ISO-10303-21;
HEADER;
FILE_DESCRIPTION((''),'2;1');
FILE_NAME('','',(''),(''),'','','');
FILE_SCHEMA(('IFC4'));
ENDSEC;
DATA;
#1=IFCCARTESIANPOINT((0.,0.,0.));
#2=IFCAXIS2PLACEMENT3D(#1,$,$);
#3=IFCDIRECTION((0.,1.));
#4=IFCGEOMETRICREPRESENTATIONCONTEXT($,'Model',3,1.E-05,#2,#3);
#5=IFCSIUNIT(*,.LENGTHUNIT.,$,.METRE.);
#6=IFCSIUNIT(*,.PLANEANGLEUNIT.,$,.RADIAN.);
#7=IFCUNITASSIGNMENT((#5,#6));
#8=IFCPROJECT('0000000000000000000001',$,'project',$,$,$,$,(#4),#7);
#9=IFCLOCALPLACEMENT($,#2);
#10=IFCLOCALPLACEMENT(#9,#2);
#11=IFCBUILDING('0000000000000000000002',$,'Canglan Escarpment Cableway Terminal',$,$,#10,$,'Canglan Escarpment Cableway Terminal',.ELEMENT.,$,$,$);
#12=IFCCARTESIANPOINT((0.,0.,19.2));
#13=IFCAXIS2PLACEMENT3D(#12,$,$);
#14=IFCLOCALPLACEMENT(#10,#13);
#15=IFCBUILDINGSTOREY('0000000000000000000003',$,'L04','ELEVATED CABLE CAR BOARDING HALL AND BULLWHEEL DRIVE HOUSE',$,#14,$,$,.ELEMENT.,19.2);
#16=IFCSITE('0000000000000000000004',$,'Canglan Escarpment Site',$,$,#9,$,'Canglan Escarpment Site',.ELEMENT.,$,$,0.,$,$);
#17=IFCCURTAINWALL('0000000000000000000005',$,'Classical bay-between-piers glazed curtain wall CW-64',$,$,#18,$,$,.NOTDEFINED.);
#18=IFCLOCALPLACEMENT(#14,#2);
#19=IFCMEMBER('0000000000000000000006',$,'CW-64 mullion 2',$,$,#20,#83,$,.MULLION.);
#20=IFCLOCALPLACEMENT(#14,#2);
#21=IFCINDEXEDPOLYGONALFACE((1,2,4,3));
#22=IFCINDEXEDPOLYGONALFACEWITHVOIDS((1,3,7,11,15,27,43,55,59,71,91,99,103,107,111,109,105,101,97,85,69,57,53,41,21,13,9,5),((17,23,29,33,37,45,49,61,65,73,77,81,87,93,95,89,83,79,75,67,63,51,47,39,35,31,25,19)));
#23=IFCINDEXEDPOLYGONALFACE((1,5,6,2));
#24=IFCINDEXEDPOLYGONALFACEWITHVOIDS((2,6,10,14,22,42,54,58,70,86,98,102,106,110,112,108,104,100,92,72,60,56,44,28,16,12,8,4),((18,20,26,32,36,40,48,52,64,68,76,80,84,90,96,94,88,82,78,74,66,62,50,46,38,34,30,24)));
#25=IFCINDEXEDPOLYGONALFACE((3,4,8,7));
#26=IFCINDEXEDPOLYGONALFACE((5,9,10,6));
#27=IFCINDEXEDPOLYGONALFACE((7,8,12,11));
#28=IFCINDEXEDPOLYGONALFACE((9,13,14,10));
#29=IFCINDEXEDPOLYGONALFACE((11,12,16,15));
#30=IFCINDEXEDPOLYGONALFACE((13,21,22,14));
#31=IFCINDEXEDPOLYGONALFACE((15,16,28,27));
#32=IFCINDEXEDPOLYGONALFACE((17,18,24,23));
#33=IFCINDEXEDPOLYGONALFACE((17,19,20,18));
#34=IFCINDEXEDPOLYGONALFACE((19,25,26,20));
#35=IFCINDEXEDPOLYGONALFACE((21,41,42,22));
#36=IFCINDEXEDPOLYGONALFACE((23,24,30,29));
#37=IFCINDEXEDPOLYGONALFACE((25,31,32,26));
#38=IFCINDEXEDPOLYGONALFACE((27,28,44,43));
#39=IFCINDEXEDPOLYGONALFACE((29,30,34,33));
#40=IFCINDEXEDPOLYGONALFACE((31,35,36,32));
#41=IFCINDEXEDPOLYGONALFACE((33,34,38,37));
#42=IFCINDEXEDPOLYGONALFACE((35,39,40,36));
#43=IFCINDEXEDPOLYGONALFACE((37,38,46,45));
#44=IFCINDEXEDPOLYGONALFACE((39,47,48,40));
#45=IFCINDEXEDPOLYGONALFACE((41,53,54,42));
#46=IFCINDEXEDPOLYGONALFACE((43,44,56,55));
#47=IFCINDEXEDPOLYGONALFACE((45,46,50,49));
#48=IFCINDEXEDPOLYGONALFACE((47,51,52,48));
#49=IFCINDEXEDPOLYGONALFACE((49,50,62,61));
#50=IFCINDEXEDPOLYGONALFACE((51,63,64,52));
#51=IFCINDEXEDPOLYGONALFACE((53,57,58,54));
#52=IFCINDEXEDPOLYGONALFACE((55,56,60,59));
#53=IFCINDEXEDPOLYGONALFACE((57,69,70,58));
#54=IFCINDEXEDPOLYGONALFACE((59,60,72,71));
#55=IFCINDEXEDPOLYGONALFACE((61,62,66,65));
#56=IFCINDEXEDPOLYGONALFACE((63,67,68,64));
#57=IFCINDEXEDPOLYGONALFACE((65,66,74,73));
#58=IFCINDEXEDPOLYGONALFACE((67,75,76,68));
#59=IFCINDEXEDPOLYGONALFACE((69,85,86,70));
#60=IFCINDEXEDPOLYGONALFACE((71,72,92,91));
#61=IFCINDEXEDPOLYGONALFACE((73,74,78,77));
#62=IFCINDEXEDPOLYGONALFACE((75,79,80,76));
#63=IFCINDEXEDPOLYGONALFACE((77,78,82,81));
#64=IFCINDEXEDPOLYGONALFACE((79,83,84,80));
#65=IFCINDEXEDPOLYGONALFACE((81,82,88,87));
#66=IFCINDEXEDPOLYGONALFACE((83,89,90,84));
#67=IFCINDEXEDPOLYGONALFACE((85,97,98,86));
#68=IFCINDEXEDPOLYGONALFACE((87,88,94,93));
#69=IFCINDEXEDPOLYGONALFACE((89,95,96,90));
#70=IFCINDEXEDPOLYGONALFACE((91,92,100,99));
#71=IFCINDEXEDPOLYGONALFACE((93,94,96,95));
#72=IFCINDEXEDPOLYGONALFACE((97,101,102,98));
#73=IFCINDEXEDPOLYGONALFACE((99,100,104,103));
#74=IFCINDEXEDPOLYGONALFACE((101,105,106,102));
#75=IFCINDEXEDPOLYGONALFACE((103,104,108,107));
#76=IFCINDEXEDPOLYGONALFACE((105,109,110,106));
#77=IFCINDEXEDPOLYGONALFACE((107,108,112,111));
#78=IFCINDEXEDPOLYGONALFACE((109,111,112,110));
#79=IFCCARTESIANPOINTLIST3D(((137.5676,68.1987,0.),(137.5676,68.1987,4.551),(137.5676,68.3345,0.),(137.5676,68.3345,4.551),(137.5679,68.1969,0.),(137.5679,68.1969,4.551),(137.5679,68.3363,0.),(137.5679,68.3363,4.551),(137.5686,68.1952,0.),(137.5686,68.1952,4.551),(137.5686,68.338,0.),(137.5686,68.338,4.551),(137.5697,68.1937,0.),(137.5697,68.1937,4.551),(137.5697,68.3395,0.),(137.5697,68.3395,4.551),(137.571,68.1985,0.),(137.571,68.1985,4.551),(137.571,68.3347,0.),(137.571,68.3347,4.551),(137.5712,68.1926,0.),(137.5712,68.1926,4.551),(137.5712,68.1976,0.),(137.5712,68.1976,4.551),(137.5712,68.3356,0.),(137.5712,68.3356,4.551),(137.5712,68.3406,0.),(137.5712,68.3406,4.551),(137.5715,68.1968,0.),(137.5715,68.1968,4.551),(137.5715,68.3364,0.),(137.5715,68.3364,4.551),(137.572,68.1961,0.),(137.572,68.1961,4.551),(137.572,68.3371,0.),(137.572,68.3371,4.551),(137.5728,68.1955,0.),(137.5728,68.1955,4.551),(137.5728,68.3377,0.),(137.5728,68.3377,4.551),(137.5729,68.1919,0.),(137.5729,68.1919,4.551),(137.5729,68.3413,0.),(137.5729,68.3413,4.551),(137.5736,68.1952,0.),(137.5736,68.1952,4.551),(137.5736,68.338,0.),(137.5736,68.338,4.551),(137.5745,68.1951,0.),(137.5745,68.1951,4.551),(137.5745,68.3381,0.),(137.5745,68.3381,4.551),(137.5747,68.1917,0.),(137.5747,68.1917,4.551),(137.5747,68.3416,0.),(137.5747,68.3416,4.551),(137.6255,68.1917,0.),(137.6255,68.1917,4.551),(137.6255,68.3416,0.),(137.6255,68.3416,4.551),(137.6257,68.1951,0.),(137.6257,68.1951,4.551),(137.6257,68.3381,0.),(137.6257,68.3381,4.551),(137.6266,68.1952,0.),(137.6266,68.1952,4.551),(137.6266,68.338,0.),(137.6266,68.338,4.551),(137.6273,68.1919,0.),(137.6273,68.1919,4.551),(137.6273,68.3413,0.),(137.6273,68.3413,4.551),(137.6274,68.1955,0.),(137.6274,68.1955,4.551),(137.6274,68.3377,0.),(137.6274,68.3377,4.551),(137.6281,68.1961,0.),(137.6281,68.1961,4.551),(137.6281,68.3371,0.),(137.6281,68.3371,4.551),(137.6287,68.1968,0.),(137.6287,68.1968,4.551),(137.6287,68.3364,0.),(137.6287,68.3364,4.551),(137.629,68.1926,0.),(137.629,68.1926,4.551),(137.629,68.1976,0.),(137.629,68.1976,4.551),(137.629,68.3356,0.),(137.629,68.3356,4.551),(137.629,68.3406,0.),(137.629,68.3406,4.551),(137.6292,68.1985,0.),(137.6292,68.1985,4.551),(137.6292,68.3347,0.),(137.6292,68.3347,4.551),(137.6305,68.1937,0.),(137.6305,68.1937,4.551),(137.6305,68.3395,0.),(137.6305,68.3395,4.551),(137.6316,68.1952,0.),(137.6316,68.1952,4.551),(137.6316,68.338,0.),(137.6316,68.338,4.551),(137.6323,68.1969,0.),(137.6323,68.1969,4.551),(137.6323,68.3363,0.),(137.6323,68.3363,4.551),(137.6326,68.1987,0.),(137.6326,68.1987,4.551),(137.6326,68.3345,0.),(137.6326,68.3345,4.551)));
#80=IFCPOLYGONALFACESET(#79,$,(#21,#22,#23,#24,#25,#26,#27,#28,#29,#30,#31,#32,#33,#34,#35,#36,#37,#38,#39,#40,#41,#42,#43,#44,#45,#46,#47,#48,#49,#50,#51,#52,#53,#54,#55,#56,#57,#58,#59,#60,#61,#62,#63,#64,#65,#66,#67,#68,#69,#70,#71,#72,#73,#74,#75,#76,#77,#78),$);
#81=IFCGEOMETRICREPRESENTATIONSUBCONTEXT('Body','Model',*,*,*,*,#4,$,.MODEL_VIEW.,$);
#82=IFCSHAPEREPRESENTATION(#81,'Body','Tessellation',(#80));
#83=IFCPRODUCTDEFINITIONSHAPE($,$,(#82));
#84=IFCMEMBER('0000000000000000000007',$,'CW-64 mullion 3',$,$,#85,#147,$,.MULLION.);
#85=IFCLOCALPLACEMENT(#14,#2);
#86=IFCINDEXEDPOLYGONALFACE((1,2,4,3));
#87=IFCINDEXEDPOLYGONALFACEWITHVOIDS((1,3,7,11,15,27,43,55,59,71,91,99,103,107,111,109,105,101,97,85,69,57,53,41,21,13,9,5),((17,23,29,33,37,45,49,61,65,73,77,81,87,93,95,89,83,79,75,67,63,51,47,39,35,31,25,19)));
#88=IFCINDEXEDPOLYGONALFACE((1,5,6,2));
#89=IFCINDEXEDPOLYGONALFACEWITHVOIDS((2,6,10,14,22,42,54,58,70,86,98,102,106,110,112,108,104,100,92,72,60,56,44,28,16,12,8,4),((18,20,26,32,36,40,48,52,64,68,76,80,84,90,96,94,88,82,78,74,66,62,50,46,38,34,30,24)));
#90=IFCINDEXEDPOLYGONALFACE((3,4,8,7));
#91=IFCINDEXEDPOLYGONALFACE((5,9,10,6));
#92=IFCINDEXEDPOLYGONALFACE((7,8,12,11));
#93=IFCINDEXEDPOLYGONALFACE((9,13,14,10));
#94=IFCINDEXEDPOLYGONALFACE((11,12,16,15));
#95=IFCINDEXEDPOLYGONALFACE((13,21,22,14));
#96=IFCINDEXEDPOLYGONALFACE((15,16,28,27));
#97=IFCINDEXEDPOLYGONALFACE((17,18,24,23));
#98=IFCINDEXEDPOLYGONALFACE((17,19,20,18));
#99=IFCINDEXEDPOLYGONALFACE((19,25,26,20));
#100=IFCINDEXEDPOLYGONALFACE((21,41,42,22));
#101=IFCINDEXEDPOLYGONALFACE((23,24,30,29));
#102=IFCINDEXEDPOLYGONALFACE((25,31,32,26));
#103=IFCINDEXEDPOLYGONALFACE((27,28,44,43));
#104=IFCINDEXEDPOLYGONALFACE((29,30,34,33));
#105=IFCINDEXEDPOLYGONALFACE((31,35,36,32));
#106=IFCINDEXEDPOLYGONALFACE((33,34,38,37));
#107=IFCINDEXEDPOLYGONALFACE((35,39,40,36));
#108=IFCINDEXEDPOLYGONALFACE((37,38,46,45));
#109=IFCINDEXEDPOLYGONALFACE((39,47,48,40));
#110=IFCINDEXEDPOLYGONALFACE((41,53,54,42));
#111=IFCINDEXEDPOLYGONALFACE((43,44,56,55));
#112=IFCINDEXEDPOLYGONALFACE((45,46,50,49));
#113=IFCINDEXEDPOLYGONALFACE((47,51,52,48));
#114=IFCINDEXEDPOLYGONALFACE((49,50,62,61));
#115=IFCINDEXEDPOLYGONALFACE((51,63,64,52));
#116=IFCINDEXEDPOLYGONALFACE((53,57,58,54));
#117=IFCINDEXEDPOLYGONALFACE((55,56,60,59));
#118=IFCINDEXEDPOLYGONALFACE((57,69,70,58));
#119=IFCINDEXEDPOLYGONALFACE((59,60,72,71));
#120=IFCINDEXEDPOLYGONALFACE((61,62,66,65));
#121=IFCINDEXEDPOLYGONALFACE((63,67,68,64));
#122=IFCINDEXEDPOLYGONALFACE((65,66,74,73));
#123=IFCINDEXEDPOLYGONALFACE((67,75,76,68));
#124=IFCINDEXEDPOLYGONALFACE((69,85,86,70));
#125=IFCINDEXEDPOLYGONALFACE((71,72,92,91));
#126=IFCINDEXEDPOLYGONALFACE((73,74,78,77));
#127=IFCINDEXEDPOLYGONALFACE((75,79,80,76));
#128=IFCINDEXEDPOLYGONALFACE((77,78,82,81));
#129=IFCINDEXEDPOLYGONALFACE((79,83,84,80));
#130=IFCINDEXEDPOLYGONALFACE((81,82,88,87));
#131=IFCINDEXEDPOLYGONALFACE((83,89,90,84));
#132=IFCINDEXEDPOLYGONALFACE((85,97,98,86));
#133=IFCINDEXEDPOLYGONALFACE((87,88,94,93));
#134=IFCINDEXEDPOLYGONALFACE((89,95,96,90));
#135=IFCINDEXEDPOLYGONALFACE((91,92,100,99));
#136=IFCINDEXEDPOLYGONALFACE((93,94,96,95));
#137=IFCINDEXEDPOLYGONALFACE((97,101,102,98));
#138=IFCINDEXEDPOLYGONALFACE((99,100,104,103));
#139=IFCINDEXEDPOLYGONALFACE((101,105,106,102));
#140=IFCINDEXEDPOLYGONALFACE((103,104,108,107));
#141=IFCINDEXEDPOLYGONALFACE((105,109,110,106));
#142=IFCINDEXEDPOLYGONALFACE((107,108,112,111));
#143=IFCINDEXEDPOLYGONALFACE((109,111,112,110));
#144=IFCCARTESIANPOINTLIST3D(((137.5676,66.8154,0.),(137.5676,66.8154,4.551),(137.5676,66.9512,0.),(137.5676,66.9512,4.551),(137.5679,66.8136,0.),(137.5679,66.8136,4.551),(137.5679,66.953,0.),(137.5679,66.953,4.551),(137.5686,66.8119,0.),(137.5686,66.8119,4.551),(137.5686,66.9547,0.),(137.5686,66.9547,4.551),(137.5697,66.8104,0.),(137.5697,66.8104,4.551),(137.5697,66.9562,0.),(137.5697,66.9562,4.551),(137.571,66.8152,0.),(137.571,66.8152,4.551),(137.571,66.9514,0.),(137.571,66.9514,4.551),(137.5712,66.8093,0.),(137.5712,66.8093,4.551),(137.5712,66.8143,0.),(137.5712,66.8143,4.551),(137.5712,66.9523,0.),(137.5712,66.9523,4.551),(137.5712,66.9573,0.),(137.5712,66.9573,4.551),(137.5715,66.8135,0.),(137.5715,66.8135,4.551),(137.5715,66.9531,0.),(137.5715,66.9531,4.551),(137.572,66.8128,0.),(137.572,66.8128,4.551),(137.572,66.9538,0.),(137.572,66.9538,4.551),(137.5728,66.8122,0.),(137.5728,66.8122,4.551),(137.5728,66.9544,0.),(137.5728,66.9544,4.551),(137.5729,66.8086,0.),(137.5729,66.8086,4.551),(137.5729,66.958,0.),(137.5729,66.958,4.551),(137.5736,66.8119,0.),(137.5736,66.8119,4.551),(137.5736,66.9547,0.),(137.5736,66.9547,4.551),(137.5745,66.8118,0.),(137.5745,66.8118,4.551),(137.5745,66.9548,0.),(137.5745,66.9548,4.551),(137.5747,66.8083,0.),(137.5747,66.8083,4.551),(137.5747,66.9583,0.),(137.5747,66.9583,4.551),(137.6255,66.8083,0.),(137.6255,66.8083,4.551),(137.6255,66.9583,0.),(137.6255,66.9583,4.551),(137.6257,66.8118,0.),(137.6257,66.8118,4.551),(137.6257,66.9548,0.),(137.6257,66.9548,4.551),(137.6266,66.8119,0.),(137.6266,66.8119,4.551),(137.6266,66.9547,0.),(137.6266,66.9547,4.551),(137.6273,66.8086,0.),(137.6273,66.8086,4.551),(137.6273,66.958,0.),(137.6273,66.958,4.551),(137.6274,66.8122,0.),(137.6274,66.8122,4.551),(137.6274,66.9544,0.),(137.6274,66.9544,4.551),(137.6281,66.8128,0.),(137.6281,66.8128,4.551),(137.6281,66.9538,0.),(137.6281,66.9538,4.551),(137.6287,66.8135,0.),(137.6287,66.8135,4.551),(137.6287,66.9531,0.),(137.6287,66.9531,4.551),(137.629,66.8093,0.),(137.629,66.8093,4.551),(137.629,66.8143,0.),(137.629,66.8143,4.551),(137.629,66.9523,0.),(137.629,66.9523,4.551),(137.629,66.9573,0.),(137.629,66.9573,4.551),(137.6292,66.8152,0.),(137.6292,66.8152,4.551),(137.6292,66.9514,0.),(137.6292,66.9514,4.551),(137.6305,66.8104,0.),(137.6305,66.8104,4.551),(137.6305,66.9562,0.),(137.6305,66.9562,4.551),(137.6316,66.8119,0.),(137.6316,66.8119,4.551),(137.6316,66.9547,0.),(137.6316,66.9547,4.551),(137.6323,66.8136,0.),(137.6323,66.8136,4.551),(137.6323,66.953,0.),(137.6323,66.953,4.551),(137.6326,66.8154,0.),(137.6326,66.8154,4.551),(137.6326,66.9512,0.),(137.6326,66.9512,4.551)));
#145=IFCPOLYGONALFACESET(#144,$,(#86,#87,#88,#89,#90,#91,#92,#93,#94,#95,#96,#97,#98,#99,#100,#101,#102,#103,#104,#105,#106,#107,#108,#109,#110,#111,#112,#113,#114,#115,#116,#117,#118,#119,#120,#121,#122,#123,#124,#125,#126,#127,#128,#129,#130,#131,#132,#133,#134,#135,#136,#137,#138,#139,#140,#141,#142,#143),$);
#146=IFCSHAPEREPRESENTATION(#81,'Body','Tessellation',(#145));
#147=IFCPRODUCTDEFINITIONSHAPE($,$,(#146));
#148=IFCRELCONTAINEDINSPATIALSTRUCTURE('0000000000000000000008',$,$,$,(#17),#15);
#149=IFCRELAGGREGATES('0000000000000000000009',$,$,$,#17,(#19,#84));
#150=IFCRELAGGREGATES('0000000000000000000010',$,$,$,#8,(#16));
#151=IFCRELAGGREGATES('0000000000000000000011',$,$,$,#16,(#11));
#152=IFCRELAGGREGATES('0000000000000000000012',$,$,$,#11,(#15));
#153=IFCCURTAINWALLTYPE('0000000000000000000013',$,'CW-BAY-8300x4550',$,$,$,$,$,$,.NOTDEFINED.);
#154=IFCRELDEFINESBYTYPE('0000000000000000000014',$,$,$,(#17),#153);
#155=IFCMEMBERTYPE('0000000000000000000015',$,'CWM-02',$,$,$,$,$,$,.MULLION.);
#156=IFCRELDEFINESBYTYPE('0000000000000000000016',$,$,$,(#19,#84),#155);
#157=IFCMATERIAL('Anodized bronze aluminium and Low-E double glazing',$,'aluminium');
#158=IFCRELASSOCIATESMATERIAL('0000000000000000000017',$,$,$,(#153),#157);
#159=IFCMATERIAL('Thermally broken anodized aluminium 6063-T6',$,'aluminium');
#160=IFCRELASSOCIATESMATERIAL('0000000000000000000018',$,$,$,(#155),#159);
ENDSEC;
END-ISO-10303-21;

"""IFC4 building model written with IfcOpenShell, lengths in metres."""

from ifc_helpers import new_model, si_unit, direction, frame, origin, origin_2d, place, context, subcontext, project, spatial, hollow_rectangle, extrude, material, material_profile, profile_set, type_object, element, aggregate, save


model = new_model("IFC4")

# Units and contexts
model_context = context("Model", 3, precision=1e-05, world=origin(), true_north=direction((0.0, 1.0)))
body_context = subcontext(model_context, "Body", "Model", "MODEL_VIEW")
ifc_project = project(units=[si_unit("LENGTHUNIT", "METRE"), si_unit("PLANEANGLEUNIT", "RADIAN")], contexts=[model_context])

# Site, building, storey
site_placement = place(None, origin())
site = spatial("IfcSite", under=ifc_project, at=site_placement, Name="Canglan Escarpment Site", LongName="Canglan Escarpment Site", CompositionType="ELEMENT", RefElevation=0.0)
building_placement = place(site_placement, origin())
building = spatial("IfcBuilding", under=site, at=building_placement, Name="Canglan Escarpment Cableway Terminal", LongName="Canglan Escarpment Cableway Terminal", CompositionType="ELEMENT")
storey_placement = place(building_placement, frame((0.0, 0.0, 19.2)))
storey = spatial("IfcBuildingStorey", under=building, at=storey_placement, Name="L04", Description="ELEVATED CABLE CAR BOARDING HALL AND BULLWHEEL DRIVE HOUSE", CompositionType="ELEMENT", Elevation=19.2)

# Curtain wall, members
ifc_material_1 = material(Name="Anodized bronze aluminium and Low-E double glazing", Category="aluminium")
curtain_wall_type = type_object("IfcCurtainWallType", Name="CW-BAY-8300x4550", PredefinedType="NOTDEFINED", material=ifc_material_1)
curtain_wall_1_placement = place(storey_placement, origin())
curtain_wall_1 = element("IfcCurtainWall", 1, at=curtain_wall_1_placement, inside=storey, type_object=curtain_wall_type, Name="Classical bay-between-piers glazed curtain wall CW-64", PredefinedType="NOTDEFINED")
ifc_material_2 = material(Name="Thermally broken anodized aluminium 6063-T6", Category="aluminium")
ifc_material_profile_1 = material_profile(ifc_material_2, hollow_rectangle(XDim=0.0649, YDim=0.1499, WallThickness=0.0034, InnerFilletRadius=0.0034, OuterFilletRadius=0.0071, at=origin_2d()), Name="ALU-MULL 65x150x3.5")
ifc_profile_set_1 = profile_set([ifc_material_profile_1], Name="Thermally broken anodized aluminium 6063-T6")
member_type_1 = type_object("IfcMemberType", Name="CWM-02", PredefinedType="MULLION", material=ifc_profile_set_1)
member_1_placement = place(storey_placement, frame((137.6001, 68.2666, 0.0), z_axis=(0.0, 0.0, 1.0), x_axis=(1.0, 0.0, 0.0)))
member_1 = element("IfcMember", 2, at=member_1_placement, type_object=member_type_1, Name="CW-64 mullion 2", PredefinedType="MULLION", context=body_context, shape_type="SweptSolid", body=[
    extrude(hollow_rectangle(XDim=0.0649, YDim=0.1499, WallThickness=0.0034, InnerFilletRadius=0.0034, OuterFilletRadius=0.0071, at=origin_2d()), origin(), (0.0, 0.0, 1.0), 4.551),
])
member_2_placement = place(storey_placement, frame((137.6001, 66.8833, 0.0), z_axis=(0.0, 0.0, 1.0), x_axis=(1.0, 0.0, 0.0)))
member_2 = element("IfcMember", 3, at=member_2_placement, type_object=member_type_1, Name="CW-64 mullion 3", PredefinedType="MULLION", context=body_context, shape_type="SweptSolid", body=[
    extrude(hollow_rectangle(XDim=0.0649, YDim=0.1499, WallThickness=0.0034, InnerFilletRadius=0.0034, OuterFilletRadius=0.0071, at=origin_2d()), origin(), (0.0, 0.0, 1.0), 4.551),
])

aggregate(curtain_wall_1, [member_1, member_2])

save(model, "model.ifc")
